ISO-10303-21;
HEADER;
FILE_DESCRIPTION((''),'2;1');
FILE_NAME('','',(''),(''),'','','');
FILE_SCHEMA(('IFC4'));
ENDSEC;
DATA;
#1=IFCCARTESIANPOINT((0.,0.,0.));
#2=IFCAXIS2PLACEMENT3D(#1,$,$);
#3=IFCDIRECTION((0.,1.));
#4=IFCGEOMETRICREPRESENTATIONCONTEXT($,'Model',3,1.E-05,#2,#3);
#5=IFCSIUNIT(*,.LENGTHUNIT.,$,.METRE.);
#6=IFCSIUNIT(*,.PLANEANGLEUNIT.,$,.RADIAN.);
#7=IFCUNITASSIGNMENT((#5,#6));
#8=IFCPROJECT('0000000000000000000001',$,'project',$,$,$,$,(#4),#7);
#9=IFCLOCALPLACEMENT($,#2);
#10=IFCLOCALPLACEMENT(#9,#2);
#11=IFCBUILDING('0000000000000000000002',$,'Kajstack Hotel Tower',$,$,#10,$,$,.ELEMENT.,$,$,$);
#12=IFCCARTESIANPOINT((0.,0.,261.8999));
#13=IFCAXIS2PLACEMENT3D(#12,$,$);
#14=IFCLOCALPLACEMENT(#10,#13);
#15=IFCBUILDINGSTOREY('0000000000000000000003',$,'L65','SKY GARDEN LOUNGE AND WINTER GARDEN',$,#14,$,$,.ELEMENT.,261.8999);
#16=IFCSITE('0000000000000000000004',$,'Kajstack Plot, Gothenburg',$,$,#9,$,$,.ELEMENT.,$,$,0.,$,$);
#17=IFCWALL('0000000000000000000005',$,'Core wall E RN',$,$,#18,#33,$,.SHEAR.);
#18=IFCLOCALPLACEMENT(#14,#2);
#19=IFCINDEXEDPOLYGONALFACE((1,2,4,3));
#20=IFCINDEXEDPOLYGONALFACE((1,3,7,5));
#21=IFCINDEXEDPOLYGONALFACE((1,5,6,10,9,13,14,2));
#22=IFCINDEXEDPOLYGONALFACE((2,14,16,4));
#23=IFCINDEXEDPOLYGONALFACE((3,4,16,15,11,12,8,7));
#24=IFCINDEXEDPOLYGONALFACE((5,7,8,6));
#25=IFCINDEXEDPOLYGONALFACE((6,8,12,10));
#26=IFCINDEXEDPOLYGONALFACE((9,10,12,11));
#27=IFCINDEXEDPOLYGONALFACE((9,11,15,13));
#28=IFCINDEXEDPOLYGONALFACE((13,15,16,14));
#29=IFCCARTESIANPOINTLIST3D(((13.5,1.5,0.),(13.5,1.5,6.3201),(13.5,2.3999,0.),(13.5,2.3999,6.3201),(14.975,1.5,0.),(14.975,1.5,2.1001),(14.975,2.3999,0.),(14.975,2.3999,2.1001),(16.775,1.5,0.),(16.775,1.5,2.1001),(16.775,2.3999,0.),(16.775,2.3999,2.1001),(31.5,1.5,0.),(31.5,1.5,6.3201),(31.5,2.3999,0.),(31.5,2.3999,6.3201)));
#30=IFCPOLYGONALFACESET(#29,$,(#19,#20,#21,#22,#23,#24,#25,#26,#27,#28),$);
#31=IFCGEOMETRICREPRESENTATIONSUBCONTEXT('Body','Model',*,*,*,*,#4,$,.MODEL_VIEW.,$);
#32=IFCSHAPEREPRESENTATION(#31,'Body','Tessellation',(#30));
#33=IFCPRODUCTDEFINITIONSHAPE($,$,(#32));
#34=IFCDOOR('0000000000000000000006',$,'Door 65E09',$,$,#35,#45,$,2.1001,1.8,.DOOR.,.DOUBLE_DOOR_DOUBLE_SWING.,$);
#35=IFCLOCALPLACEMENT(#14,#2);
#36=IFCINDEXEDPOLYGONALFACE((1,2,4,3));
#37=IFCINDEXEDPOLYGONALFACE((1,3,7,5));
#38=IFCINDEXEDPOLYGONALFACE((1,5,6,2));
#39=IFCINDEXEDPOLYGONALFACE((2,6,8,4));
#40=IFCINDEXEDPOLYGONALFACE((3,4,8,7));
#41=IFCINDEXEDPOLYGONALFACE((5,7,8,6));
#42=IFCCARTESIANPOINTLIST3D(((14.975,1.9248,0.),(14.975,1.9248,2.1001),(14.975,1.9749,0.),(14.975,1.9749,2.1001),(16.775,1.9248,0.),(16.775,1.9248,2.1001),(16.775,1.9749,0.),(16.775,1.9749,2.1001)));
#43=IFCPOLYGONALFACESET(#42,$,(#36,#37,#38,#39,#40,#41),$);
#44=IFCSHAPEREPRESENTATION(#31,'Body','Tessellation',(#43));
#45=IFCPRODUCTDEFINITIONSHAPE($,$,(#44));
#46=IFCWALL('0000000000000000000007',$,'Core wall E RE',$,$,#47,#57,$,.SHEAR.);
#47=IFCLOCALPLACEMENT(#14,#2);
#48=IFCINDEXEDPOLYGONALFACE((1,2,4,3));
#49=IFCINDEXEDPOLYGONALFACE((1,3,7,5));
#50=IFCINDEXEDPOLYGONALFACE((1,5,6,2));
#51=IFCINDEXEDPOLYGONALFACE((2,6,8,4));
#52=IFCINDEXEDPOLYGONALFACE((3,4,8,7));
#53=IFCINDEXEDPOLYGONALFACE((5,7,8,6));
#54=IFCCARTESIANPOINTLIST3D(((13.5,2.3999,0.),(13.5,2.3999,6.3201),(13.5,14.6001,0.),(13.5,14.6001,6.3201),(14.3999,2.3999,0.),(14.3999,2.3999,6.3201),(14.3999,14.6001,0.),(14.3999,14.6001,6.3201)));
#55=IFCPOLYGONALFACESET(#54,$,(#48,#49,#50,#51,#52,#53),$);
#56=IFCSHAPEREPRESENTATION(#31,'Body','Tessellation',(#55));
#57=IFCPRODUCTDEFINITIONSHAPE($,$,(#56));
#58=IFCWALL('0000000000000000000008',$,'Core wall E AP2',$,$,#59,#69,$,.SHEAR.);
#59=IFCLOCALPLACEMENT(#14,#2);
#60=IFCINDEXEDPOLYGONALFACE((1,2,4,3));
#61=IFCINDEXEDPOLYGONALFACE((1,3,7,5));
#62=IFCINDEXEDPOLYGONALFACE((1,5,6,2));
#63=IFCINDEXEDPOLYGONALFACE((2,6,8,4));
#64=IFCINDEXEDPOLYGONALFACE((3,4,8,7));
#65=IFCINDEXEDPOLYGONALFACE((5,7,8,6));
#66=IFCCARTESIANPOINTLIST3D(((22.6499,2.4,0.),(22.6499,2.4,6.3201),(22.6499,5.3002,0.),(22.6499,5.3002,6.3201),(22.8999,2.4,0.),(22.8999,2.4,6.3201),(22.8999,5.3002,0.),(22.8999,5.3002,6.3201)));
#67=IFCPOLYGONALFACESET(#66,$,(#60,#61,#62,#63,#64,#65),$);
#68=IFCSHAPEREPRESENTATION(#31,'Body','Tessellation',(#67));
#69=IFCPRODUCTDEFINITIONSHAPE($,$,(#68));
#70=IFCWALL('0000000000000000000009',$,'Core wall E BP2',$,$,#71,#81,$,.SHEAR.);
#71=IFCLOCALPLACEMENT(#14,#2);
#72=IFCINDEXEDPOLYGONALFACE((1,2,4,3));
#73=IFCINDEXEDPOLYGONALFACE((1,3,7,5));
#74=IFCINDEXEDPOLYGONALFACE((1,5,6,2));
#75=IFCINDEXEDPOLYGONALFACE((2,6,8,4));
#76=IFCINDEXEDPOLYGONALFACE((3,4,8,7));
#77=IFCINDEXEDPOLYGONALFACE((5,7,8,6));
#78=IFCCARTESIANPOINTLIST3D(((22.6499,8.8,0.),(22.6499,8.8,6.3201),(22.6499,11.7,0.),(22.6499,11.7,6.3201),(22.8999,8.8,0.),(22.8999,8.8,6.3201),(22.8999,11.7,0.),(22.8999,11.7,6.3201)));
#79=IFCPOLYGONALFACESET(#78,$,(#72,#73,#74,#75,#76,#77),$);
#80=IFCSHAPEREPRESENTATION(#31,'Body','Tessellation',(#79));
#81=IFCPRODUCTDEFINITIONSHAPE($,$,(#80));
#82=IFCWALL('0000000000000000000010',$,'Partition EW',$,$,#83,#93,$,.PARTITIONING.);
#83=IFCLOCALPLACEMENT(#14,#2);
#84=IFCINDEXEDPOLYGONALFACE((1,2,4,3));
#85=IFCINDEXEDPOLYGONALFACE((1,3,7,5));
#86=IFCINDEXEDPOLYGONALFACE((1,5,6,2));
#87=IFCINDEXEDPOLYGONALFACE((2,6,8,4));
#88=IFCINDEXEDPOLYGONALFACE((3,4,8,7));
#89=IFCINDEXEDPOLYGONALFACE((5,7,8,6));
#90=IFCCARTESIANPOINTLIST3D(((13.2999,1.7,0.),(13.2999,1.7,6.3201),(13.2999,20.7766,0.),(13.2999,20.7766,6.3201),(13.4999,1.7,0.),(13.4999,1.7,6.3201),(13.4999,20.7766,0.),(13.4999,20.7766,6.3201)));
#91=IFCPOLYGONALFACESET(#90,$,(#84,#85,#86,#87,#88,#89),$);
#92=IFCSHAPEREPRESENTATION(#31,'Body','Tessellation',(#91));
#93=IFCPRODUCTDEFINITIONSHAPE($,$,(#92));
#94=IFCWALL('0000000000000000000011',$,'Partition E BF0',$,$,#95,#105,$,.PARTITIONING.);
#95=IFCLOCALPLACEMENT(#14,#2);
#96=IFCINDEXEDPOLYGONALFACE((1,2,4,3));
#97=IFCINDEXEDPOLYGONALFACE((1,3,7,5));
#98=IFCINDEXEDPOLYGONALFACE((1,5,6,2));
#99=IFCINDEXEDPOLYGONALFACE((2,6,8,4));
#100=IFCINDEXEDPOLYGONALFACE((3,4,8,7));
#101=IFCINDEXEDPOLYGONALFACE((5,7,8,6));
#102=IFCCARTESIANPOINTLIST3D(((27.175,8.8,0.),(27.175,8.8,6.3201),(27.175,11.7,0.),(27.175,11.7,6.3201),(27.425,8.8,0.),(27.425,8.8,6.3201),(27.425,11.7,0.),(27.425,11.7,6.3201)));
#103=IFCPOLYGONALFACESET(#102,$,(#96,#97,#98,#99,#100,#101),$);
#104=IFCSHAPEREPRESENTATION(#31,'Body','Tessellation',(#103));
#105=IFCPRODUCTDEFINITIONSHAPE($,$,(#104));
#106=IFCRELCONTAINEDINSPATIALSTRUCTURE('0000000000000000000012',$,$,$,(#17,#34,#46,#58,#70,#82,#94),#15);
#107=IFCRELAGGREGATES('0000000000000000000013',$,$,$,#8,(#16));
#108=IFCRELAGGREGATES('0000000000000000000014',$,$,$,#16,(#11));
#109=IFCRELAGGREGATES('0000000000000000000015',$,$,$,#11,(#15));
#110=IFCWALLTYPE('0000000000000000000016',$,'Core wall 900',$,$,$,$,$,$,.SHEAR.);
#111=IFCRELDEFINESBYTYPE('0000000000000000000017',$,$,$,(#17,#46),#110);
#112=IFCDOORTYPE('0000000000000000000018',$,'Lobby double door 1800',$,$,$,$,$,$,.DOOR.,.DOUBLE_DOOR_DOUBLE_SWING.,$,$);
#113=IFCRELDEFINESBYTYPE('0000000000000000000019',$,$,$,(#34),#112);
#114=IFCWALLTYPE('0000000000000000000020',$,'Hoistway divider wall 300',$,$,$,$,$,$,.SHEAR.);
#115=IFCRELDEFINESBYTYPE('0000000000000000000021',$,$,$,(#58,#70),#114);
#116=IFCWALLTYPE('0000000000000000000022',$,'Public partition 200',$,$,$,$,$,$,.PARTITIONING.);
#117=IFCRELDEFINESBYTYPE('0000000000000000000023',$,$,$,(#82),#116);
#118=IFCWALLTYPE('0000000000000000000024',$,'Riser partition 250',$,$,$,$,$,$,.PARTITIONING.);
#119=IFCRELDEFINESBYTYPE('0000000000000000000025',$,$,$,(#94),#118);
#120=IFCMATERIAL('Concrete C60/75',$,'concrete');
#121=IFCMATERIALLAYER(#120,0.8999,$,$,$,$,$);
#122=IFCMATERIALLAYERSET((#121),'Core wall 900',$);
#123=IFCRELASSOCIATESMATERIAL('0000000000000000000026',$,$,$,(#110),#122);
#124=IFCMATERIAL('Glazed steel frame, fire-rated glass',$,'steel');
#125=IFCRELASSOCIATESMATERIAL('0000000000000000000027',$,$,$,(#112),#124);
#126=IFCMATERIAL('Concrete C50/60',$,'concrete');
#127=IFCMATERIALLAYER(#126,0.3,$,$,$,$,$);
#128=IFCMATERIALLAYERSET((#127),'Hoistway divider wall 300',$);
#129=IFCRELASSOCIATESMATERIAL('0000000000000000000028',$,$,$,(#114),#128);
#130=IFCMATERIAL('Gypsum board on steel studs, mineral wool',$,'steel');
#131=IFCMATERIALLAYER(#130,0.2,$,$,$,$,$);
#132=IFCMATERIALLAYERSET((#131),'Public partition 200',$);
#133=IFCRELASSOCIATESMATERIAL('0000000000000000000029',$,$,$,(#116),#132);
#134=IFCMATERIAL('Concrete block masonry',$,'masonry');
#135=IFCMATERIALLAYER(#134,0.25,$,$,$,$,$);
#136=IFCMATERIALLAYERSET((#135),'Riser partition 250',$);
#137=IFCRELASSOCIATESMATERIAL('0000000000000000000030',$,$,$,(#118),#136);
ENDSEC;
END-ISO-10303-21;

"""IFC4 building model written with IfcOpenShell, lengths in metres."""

from ifc_helpers import new_model, si_unit, direction, frame, frame_2d, origin, place, context, subcontext, project, spatial, rectangle, extrude, material, layer, layer_set, type_object, element, fill, save


model = new_model("IFC4")

# Units and contexts
model_context = context("Model", 3, precision=1e-05, world=origin(), true_north=direction((0.0, 1.0)))
body_context = subcontext(model_context, "Body", "Model", "MODEL_VIEW")
ifc_project = project(units=[si_unit("LENGTHUNIT", "METRE"), si_unit("PLANEANGLEUNIT", "RADIAN")], contexts=[model_context])

# Site, building, storey
site_placement = place(None, origin())
site = spatial("IfcSite", under=ifc_project, at=site_placement, Name="Kajstack Plot, Gothenburg", CompositionType="ELEMENT", RefElevation=0.0)
building_placement = place(site_placement, origin())
building = spatial("IfcBuilding", under=site, at=building_placement, Name="Kajstack Hotel Tower", CompositionType="ELEMENT")
storey_placement = place(building_placement, frame((0.0, 0.0, 261.8999)))
storey = spatial("IfcBuildingStorey", under=building, at=storey_placement, Name="L65", Description="SKY GARDEN LOUNGE AND WINTER GARDEN", CompositionType="ELEMENT", Elevation=261.8999)

# Wall, opening, door
ifc_material_1 = material(Name="Concrete C60/75", Category="concrete")
ifc_layer_1 = layer(ifc_material_1, 0.8999)
ifc_layer_set_1 = layer_set([ifc_layer_1], Name="Core wall 900")
wall_type_1 = type_object("IfcWallType", Name="Core wall 900", PredefinedType="SHEAR", material=ifc_layer_set_1)
wall_1_placement = place(storey_placement, frame((13.5, 1.95, 0.0), z_axis=(0.0, 0.0, 1.0), x_axis=(1.0, 0.0, 0.0)))
wall_1 = element("IfcWall", 1, at=wall_1_placement, inside=storey, type_object=wall_type_1, Name="Core wall E RN", PredefinedType="SHEAR", context=body_context, shape_type="SweptSolid", body=[
    extrude(rectangle(XDim=18.0, YDim=0.8999, at=frame_2d((9.0, 0.0))), origin(), (0.0, 0.0, 1.0), 6.3201),
])
opening_1_placement = place(wall_1_placement, frame((1.4751, 0.0, 0.0)))
opening_1 = element("IfcOpeningElement", 2, at=opening_1_placement, cuts=wall_1, PredefinedType="OPENING", context=body_context, shape_type="SweptSolid", body=[
    extrude(rectangle(XDim=1.8, YDim=2.1001, at=frame_2d((0.8999, 1.05))), frame((0.0, 0.46, 0.0), z_axis=(0.0, -1.0, 0.0), x_axis=(1.0, 0.0, 0.0)), (0.0, 0.0, 1.0), 0.9199),
])
ifc_material_2 = material(Name="Glazed steel frame, fire-rated glass", Category="steel")
door_type_1 = type_object("IfcDoorType", Name="Lobby double door 1800", OperationType="DOUBLE_DOOR_DOUBLE_SWING", PredefinedType="DOOR", material=ifc_material_2)
door_1_placement = place(opening_1_placement, origin())
door_1 = element("IfcDoor", 3, at=door_1_placement, inside=storey, type_object=door_type_1, Name="Door 65E09", OperationType="DOUBLE_DOOR_DOUBLE_SWING", OverallHeight=2.1001, OverallWidth=1.8, PredefinedType="DOOR", context=body_context, shape_type="SweptSolid", body=[
    extrude(rectangle(XDim=1.8, YDim=2.1001, at=frame_2d((0.8999, 1.05))), frame((0.0, 0.0249, 0.0), z_axis=(0.0, -1.0, 0.0), x_axis=(1.0, 0.0, 0.0)), (0.0, 0.0, 1.0), 0.05),
])
fill(opening_1, door_1)

# Walls
wall_2_placement = place(storey_placement, frame((13.95, 2.3999, 0.0), z_axis=(0.0, 0.0, 1.0), x_axis=(0.0, 1.0, 0.0)))
element("IfcWall", 4, at=wall_2_placement, inside=storey, type_object=wall_type_1, Name="Core wall E RE", PredefinedType="SHEAR", context=body_context, shape_type="SweptSolid", body=[
    extrude(rectangle(XDim=12.2002, YDim=0.8999, at=frame_2d((6.1001, 0.0))), origin(), (0.0, 0.0, 1.0), 6.3201),
])
ifc_material_3 = material(Name="Concrete C50/60", Category="concrete")
ifc_layer_2 = layer(ifc_material_3, 0.3)
ifc_layer_set_2 = layer_set([ifc_layer_2], Name="Hoistway divider wall 300")
wall_type_2 = type_object("IfcWallType", Name="Hoistway divider wall 300", PredefinedType="SHEAR", material=ifc_layer_set_2)
wall_3_placement = place(storey_placement, frame((22.7749, 2.3999, 0.0), z_axis=(0.0, 0.0, 1.0), x_axis=(0.0, 1.0, 0.0)))
element("IfcWall", 5, at=wall_3_placement, inside=storey, type_object=wall_type_2, Name="Core wall E AP2", PredefinedType="SHEAR", context=body_context, shape_type="SweptSolid", body=[
    extrude(rectangle(XDim=2.9001, YDim=0.25, at=frame_2d((1.4502, 0.0))), origin(), (0.0, 0.0, 1.0), 6.3201),
])
wall_4_placement = place(storey_placement, frame((22.7749, 8.8, 0.0), z_axis=(0.0, 0.0, 1.0), x_axis=(0.0, 1.0, 0.0)))
element("IfcWall", 6, at=wall_4_placement, inside=storey, type_object=wall_type_2, Name="Core wall E BP2", PredefinedType="SHEAR", context=body_context, shape_type="SweptSolid", body=[
    extrude(rectangle(XDim=2.8999, YDim=0.25, at=frame_2d((1.45, 0.0))), origin(), (0.0, 0.0, 1.0), 6.3201),
])
ifc_material_4 = material(Name="Gypsum board on steel studs, mineral wool", Category="steel")
ifc_layer_3 = layer(ifc_material_4, 0.2)
ifc_layer_set_3 = layer_set([ifc_layer_3], Name="Public partition 200")
wall_type_3 = type_object("IfcWallType", Name="Public partition 200", PredefinedType="PARTITIONING", material=ifc_layer_set_3)
wall_5_placement = place(storey_placement, frame((13.3999, 1.7, 0.0), z_axis=(0.0, 0.0, 1.0), x_axis=(0.0, 1.0, 0.0)))
element("IfcWall", 7, at=wall_5_placement, inside=storey, type_object=wall_type_3, Name="Partition EW", PredefinedType="PARTITIONING", context=body_context, shape_type="SweptSolid", body=[
    extrude(rectangle(XDim=19.0767, YDim=0.2, at=frame_2d((9.5383, 0.0))), origin(), (0.0, 0.0, 1.0), 6.3201),
])
ifc_material_5 = material(Name="Concrete block masonry", Category="masonry")
ifc_layer_4 = layer(ifc_material_5, 0.25)
ifc_layer_set_4 = layer_set([ifc_layer_4], Name="Riser partition 250")
wall_type_4 = type_object("IfcWallType", Name="Riser partition 250", PredefinedType="PARTITIONING", material=ifc_layer_set_4)
wall_6_placement = place(storey_placement, frame((27.3, 8.8, 0.0), z_axis=(0.0, 0.0, 1.0), x_axis=(0.0, 1.0, 0.0)))
element("IfcWall", 8, at=wall_6_placement, inside=storey, type_object=wall_type_4, Name="Partition E BF0", PredefinedType="PARTITIONING", context=body_context, shape_type="SweptSolid", body=[
    extrude(rectangle(XDim=2.8999, YDim=0.25, at=frame_2d((1.45, 0.0))), origin(), (0.0, 0.0, 1.0), 6.3201),
])

save(model, "model.ifc")
